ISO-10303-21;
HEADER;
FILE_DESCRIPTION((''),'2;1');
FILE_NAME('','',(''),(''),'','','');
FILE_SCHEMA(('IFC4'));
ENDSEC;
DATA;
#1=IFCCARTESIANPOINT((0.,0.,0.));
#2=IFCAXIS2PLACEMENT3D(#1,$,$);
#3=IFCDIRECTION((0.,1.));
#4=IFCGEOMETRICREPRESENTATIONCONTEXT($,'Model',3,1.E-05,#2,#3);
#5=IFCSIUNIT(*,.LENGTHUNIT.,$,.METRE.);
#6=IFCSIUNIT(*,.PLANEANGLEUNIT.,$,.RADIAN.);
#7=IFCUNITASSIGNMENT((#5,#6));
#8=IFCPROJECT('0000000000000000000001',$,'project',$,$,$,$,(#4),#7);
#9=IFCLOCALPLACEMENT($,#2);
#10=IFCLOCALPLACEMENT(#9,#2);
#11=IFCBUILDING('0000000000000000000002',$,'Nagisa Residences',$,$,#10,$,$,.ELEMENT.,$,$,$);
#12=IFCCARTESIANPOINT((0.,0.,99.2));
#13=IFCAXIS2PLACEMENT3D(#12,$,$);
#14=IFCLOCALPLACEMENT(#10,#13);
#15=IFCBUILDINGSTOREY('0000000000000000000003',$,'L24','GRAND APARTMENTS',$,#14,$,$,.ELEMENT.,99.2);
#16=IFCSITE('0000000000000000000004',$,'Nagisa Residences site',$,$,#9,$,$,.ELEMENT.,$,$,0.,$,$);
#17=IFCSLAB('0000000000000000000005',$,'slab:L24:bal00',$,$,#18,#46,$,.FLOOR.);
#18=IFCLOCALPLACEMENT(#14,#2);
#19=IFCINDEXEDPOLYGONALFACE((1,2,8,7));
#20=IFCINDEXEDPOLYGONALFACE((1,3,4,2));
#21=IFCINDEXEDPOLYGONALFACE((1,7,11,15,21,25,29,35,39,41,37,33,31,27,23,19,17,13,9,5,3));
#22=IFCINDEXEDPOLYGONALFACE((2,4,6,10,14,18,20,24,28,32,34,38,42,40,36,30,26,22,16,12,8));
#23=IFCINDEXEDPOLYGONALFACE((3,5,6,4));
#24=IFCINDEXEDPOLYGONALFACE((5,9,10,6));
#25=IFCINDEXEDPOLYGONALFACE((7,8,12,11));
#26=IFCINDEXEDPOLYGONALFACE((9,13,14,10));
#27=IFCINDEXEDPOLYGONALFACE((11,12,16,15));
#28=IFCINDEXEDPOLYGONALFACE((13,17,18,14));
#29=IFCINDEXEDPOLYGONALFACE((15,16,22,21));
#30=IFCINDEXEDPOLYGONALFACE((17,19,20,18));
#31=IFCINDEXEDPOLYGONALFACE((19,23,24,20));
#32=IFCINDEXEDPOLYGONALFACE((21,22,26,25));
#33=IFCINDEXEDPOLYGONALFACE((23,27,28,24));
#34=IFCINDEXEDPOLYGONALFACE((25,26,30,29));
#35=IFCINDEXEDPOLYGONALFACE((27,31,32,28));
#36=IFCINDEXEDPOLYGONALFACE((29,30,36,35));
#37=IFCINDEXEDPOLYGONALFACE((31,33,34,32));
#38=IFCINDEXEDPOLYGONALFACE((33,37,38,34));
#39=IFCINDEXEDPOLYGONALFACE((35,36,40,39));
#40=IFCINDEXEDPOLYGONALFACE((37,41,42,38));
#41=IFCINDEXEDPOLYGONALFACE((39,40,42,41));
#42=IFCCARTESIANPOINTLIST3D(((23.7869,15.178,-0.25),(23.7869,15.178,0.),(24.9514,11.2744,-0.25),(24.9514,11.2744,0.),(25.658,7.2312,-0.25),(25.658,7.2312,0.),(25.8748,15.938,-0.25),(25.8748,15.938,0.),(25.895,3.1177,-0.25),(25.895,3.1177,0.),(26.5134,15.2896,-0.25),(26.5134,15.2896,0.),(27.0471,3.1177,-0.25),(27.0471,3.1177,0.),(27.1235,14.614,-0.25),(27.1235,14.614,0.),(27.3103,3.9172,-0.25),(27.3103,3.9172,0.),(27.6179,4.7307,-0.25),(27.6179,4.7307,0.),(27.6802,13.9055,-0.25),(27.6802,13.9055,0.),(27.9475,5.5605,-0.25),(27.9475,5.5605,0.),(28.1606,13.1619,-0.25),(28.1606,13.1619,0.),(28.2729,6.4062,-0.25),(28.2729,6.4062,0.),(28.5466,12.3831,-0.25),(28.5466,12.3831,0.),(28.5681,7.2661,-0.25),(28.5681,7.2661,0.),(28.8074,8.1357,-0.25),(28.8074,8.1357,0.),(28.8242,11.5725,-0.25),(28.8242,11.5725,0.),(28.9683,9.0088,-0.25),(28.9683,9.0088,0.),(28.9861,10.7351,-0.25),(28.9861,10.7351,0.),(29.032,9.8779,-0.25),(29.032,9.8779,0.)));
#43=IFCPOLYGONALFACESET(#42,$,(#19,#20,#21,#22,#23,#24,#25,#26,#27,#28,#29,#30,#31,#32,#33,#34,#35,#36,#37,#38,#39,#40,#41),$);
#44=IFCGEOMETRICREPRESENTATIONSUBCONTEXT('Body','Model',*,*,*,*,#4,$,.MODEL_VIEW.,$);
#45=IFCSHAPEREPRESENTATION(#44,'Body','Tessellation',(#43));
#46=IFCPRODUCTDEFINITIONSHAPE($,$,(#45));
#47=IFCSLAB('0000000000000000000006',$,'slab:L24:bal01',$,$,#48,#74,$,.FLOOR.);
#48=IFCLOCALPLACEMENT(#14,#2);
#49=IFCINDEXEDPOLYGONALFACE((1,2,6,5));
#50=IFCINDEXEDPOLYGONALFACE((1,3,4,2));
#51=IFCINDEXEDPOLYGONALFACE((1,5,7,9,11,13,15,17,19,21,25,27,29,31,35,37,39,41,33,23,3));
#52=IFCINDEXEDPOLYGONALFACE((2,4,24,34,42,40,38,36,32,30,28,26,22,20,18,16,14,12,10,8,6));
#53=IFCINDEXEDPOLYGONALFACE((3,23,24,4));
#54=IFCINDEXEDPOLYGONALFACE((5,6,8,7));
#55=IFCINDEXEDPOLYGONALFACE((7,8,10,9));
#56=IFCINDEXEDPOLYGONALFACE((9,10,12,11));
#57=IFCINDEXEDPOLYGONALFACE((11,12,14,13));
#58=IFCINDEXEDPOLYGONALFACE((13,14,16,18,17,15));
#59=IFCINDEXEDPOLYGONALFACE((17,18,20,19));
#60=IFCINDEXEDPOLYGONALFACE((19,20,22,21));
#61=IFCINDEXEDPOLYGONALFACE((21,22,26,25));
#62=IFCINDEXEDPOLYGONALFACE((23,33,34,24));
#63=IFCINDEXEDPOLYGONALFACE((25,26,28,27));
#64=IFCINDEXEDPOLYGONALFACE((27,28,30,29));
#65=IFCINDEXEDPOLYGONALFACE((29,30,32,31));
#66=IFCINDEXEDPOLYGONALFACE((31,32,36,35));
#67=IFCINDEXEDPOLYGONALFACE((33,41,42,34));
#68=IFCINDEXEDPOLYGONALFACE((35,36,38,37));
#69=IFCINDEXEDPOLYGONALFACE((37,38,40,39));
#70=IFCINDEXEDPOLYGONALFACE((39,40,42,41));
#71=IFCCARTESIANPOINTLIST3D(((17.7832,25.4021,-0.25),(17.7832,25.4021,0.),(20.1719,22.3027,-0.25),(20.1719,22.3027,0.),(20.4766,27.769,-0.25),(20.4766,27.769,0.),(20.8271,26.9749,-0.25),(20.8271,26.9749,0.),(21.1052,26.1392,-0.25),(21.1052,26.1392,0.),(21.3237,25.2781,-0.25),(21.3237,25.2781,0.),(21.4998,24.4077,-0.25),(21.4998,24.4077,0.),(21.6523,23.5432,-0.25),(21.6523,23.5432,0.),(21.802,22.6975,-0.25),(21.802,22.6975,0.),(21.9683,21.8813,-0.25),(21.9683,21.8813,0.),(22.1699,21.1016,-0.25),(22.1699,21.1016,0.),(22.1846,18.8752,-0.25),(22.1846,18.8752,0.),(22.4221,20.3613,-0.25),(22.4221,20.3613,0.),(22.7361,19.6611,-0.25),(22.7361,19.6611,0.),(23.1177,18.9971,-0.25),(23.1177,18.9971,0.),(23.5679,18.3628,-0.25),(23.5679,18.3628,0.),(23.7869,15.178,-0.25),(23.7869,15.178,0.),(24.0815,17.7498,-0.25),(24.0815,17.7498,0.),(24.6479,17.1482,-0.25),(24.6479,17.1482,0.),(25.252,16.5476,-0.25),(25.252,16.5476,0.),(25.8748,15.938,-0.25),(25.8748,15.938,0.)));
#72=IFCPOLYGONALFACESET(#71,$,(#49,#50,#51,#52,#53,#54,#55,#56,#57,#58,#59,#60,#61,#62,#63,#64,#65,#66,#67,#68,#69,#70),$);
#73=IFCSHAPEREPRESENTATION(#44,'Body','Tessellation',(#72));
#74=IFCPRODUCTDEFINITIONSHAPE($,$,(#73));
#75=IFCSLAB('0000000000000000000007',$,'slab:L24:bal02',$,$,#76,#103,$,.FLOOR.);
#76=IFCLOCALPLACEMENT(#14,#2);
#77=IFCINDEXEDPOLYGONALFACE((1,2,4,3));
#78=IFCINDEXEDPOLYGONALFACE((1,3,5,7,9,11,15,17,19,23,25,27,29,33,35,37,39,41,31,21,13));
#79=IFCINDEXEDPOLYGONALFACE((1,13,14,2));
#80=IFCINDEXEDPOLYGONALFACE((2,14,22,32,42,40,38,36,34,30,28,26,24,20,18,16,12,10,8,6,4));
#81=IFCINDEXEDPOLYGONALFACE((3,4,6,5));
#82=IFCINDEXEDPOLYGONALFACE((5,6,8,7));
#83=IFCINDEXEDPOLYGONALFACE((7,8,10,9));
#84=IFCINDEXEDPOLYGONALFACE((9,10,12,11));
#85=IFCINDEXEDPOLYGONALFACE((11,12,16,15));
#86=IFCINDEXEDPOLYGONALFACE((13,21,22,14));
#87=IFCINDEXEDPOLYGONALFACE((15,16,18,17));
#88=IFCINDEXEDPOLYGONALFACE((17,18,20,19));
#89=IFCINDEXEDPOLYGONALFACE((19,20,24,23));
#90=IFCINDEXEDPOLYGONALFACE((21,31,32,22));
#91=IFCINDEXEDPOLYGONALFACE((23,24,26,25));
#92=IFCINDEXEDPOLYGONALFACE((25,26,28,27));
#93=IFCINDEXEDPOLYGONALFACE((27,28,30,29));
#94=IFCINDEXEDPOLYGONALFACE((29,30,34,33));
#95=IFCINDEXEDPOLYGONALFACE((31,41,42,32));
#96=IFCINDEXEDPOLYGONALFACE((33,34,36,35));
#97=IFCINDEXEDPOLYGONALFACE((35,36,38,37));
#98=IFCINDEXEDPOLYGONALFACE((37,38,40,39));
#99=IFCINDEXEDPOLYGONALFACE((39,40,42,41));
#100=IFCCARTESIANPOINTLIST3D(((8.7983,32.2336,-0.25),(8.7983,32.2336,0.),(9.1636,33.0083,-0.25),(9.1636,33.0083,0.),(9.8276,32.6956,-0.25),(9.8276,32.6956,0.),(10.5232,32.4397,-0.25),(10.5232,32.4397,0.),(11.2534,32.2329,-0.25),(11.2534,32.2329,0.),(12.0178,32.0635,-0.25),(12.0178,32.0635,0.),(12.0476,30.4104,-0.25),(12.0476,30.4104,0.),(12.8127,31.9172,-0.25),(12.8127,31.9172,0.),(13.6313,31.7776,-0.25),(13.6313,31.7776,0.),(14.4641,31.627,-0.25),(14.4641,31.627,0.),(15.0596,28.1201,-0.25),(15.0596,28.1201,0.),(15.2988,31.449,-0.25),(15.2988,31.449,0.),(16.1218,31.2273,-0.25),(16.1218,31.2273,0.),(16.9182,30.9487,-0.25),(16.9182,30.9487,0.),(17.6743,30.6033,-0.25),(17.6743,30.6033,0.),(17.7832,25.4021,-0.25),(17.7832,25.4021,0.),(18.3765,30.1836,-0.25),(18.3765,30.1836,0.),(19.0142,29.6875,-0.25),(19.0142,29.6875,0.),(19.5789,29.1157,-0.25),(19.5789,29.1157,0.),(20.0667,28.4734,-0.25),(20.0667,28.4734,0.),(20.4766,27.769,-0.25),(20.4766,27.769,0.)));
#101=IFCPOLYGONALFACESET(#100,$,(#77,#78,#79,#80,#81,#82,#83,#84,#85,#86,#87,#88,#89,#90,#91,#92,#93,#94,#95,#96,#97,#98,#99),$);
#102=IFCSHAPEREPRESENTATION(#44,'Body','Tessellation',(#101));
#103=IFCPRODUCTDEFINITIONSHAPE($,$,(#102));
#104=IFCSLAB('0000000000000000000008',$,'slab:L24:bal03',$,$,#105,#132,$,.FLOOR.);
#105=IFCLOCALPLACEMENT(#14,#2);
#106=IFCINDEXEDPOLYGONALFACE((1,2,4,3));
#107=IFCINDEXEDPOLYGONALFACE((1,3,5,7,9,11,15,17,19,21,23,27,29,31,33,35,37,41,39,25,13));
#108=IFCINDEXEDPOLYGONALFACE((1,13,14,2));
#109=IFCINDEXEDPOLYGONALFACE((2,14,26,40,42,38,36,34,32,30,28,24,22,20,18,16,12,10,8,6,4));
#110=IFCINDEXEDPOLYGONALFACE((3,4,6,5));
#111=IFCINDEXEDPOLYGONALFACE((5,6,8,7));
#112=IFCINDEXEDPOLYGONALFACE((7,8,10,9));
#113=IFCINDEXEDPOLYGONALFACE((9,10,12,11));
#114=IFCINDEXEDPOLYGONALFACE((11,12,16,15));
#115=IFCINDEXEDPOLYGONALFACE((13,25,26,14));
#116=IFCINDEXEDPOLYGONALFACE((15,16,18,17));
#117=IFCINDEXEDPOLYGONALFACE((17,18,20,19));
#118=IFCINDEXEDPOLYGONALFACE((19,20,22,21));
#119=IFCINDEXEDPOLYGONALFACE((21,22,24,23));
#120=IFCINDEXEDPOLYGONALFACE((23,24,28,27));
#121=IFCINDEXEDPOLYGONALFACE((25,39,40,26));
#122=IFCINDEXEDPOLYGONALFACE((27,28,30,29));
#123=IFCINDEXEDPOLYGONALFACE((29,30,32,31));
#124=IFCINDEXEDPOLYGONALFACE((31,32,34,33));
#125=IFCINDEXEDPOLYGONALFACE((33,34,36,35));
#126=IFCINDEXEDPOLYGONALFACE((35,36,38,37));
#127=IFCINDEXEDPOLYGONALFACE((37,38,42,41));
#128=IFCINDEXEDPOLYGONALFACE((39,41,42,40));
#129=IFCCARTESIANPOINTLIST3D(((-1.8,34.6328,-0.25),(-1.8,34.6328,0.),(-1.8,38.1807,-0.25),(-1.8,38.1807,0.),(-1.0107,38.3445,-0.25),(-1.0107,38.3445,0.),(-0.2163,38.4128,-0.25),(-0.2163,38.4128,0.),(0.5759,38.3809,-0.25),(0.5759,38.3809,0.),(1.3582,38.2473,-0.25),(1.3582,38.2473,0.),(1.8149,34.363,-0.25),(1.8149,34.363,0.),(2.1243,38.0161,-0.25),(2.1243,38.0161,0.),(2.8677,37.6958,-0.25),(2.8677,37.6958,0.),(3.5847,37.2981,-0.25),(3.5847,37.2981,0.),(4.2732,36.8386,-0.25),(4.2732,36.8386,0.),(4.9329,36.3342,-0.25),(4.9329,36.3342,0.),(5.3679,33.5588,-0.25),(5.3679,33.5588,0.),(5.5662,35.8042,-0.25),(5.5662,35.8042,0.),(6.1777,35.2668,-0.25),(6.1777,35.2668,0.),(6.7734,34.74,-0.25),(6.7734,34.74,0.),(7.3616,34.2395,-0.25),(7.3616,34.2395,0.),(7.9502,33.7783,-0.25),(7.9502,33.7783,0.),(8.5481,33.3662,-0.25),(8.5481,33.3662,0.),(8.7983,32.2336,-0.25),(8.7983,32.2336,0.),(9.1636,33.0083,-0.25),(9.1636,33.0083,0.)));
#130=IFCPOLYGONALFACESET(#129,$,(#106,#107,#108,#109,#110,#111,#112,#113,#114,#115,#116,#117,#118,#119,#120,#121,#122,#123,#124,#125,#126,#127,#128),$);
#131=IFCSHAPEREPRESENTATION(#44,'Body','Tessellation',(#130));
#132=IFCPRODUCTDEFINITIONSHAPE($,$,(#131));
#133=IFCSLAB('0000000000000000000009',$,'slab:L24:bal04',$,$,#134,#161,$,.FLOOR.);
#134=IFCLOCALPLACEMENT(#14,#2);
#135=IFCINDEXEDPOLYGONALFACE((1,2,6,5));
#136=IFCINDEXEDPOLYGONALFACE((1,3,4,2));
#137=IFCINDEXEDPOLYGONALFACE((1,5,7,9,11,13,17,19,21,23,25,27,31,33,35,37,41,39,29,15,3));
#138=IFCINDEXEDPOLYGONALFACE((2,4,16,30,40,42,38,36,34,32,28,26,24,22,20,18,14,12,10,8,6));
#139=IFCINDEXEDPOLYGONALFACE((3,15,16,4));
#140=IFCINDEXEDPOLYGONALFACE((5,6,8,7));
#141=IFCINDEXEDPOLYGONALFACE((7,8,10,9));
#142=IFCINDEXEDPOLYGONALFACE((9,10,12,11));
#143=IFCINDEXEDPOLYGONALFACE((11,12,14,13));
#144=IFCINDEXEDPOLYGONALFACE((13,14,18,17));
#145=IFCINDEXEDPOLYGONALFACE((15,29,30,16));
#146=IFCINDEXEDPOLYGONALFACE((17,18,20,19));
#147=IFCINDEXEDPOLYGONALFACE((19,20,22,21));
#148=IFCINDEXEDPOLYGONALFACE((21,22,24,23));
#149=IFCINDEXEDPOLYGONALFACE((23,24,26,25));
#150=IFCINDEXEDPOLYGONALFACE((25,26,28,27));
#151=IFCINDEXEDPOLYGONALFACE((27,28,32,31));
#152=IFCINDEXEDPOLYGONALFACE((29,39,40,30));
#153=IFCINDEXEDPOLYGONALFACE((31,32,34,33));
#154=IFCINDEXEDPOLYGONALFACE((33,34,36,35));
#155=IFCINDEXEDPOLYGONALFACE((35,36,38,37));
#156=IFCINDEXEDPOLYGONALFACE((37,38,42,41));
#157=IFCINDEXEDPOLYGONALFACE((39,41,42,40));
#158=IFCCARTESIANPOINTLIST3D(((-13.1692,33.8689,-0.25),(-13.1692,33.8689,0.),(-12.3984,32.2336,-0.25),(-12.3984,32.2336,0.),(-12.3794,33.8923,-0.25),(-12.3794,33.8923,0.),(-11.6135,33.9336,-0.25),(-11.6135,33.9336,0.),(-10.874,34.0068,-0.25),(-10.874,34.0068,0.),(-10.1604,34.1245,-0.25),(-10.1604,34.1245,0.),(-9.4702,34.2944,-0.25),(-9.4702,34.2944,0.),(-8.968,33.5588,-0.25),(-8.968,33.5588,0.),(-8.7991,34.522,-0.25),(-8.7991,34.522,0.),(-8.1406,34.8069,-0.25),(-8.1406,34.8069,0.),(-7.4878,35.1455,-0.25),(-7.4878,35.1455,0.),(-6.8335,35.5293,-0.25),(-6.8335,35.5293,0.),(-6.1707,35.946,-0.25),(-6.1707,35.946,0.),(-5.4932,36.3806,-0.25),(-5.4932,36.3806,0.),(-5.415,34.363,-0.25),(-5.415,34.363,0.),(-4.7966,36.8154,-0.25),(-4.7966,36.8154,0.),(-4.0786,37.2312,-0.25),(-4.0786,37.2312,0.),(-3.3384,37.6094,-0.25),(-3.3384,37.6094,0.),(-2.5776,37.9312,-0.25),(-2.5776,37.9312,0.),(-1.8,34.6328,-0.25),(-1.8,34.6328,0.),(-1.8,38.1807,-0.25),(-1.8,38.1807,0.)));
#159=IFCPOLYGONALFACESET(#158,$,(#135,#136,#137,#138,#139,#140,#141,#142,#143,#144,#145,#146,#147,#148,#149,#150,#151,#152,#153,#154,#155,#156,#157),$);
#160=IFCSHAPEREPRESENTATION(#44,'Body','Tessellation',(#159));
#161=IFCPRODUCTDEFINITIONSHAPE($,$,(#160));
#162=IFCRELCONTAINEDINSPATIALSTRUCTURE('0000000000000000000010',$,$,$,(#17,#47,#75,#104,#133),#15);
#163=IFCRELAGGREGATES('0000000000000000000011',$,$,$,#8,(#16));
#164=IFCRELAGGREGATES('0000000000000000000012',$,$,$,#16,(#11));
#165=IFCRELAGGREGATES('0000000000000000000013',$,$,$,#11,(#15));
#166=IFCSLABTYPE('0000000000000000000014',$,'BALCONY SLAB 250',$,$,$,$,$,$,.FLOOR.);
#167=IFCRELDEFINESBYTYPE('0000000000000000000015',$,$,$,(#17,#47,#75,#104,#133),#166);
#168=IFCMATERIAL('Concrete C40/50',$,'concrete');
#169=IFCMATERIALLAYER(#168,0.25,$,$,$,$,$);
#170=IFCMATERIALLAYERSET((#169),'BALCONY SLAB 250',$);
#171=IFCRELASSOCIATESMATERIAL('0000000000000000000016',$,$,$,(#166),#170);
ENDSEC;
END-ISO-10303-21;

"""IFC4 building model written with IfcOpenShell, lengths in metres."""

from ifc_helpers import new_model, si_unit, direction, frame, origin, place, context, subcontext, project, spatial, polyline, outline, extrude, material, layer, layer_set, type_object, element, save


model = new_model("IFC4")

# Units and contexts
model_context = context("Model", 3, precision=1e-05, world=origin(), true_north=direction((0.0, 1.0)))
body_context = subcontext(model_context, "Body", "Model", "MODEL_VIEW")
ifc_project = project(units=[si_unit("LENGTHUNIT", "METRE"), si_unit("PLANEANGLEUNIT", "RADIAN")], contexts=[model_context])

# Site, building, storey
site_placement = place(None, origin())
site = spatial("IfcSite", under=ifc_project, at=site_placement, Name="Nagisa Residences site", CompositionType="ELEMENT", RefElevation=0.0)
building_placement = place(site_placement, origin())
building = spatial("IfcBuilding", under=site, at=building_placement, Name="Nagisa Residences", CompositionType="ELEMENT")
storey_placement = place(building_placement, frame((0.0, 0.0, 99.2)))
storey = spatial("IfcBuildingStorey", under=building, at=storey_placement, Name="L24", Description="GRAND APARTMENTS", CompositionType="ELEMENT", Elevation=99.2)

# Slabs
ifc_material = material(Name="Concrete C40/50", Category="concrete")
ifc_layer = layer(ifc_material, 0.25)
ifc_layer_set = layer_set([ifc_layer], Name="BALCONY SLAB 250")
slab_type = type_object("IfcSlabType", Name="BALCONY SLAB 250", PredefinedType="FLOOR", material=ifc_layer_set)
slab_1_placement = place(storey_placement, frame((0.0, 0.0, -0.25)))
element("IfcSlab", 1, at=slab_1_placement, inside=storey, type_object=slab_type, Name="slab:L24:bal00", PredefinedType="FLOOR", context=body_context, shape_type="SweptSolid", body=[
    extrude(outline(polyline([(27.0471, 3.1177), (27.3103, 3.9172), (27.6179, 4.7307), (27.9475, 5.5605), (28.2729, 6.4062), (28.5681, 7.2661), (28.8074, 8.1357), (28.9683, 9.0088), (29.032, 9.8779), (28.9861, 10.7351), (28.8242, 11.5725), (28.5466, 12.3831), (28.1606, 13.1619), (27.6802, 13.9055), (27.1235, 14.614), (26.5134, 15.2896), (25.8748, 15.938), (23.7869, 15.178), (24.9514, 11.2744), (25.658, 7.2312), (25.895, 3.1177), (27.0471, 3.1177)])), origin(), (0.0, 0.0, 1.0), 0.25),
])
slab_2_placement = place(storey_placement, frame((0.0, 0.0, -0.25)))
element("IfcSlab", 2, at=slab_2_placement, inside=storey, type_object=slab_type, Name="slab:L24:bal01", PredefinedType="FLOOR", context=body_context, shape_type="SweptSolid", body=[
    extrude(outline(polyline([(25.8748, 15.938), (25.252, 16.5476), (24.6479, 17.1482), (24.0815, 17.7498), (23.5679, 18.3628), (23.1177, 18.9971), (22.7361, 19.6611), (22.4221, 20.3613), (22.1699, 21.1016), (21.9683, 21.8813), (21.802, 22.6975), (21.6523, 23.5432), (21.4998, 24.4077), (21.3237, 25.2781), (21.1052, 26.1392), (20.8271, 26.9749), (20.4766, 27.769), (17.7832, 25.4021), (20.1719, 22.3027), (22.1846, 18.8752), (23.7869, 15.178), (25.8748, 15.938)])), origin(), (0.0, 0.0, 1.0), 0.25),
])
slab_3_placement = place(storey_placement, frame((0.0, 0.0, -0.25)))
element("IfcSlab", 3, at=slab_3_placement, inside=storey, type_object=slab_type, Name="slab:L24:bal02", PredefinedType="FLOOR", context=body_context, shape_type="SweptSolid", body=[
    extrude(outline(polyline([(20.4766, 27.769), (20.0667, 28.4734), (19.5789, 29.1157), (19.0142, 29.6875), (18.3765, 30.1836), (17.6743, 30.6033), (16.9182, 30.9487), (16.1218, 31.2273), (15.2988, 31.449), (14.4641, 31.627), (13.6313, 31.7776), (12.8127, 31.9172), (12.0178, 32.0635), (11.2534, 32.2329), (10.5232, 32.4397), (9.8276, 32.6956), (9.1636, 33.0083), (8.7983, 32.2336), (12.0476, 30.4104), (15.0596, 28.1201), (17.7832, 25.4021), (20.4766, 27.769)])), origin(), (0.0, 0.0, 1.0), 0.25),
])
slab_4_placement = place(storey_placement, frame((0.0, 0.0, -0.25)))
element("IfcSlab", 4, at=slab_4_placement, inside=storey, type_object=slab_type, Name="slab:L24:bal03", PredefinedType="FLOOR", context=body_context, shape_type="SweptSolid", body=[
    extrude(outline(polyline([(9.1636, 33.0083), (8.5481, 33.3662), (7.9502, 33.7783), (7.3616, 34.2395), (6.7734, 34.74), (6.1777, 35.2668), (5.5662, 35.8042), (4.9329, 36.3342), (4.2732, 36.8386), (3.5847, 37.2981), (2.8677, 37.6958), (2.1243, 38.0161), (1.3582, 38.2473), (0.5759, 38.3809), (-0.2163, 38.4128), (-1.0107, 38.3445), (-1.8, 38.1807), (-1.8, 34.6328), (1.8149, 34.363), (5.3679, 33.5588), (8.7983, 32.2336), (9.1636, 33.0083)])), origin(), (0.0, 0.0, 1.0), 0.25),
])
slab_5_placement = place(storey_placement, frame((0.0, 0.0, -0.25)))
element("IfcSlab", 5, at=slab_5_placement, inside=storey, type_object=slab_type, Name="slab:L24:bal04", PredefinedType="FLOOR", context=body_context, shape_type="SweptSolid", body=[
    extrude(outline(polyline([(-1.8, 38.1807), (-2.5776, 37.9312), (-3.3384, 37.6094), (-4.0786, 37.2312), (-4.7966, 36.8154), (-5.4932, 36.3806), (-6.1707, 35.946), (-6.8335, 35.5293), (-7.4878, 35.1455), (-8.1406, 34.8069), (-8.7991, 34.522), (-9.4702, 34.2944), (-10.1604, 34.1245), (-10.874, 34.0068), (-11.6135, 33.9336), (-12.3794, 33.8923), (-13.1692, 33.8689), (-12.3984, 32.2336), (-8.968, 33.5588), (-5.415, 34.363), (-1.8, 34.6328), (-1.8, 38.1807)])), origin(), (0.0, 0.0, 1.0), 0.25),
])

save(model, "model.ifc")
